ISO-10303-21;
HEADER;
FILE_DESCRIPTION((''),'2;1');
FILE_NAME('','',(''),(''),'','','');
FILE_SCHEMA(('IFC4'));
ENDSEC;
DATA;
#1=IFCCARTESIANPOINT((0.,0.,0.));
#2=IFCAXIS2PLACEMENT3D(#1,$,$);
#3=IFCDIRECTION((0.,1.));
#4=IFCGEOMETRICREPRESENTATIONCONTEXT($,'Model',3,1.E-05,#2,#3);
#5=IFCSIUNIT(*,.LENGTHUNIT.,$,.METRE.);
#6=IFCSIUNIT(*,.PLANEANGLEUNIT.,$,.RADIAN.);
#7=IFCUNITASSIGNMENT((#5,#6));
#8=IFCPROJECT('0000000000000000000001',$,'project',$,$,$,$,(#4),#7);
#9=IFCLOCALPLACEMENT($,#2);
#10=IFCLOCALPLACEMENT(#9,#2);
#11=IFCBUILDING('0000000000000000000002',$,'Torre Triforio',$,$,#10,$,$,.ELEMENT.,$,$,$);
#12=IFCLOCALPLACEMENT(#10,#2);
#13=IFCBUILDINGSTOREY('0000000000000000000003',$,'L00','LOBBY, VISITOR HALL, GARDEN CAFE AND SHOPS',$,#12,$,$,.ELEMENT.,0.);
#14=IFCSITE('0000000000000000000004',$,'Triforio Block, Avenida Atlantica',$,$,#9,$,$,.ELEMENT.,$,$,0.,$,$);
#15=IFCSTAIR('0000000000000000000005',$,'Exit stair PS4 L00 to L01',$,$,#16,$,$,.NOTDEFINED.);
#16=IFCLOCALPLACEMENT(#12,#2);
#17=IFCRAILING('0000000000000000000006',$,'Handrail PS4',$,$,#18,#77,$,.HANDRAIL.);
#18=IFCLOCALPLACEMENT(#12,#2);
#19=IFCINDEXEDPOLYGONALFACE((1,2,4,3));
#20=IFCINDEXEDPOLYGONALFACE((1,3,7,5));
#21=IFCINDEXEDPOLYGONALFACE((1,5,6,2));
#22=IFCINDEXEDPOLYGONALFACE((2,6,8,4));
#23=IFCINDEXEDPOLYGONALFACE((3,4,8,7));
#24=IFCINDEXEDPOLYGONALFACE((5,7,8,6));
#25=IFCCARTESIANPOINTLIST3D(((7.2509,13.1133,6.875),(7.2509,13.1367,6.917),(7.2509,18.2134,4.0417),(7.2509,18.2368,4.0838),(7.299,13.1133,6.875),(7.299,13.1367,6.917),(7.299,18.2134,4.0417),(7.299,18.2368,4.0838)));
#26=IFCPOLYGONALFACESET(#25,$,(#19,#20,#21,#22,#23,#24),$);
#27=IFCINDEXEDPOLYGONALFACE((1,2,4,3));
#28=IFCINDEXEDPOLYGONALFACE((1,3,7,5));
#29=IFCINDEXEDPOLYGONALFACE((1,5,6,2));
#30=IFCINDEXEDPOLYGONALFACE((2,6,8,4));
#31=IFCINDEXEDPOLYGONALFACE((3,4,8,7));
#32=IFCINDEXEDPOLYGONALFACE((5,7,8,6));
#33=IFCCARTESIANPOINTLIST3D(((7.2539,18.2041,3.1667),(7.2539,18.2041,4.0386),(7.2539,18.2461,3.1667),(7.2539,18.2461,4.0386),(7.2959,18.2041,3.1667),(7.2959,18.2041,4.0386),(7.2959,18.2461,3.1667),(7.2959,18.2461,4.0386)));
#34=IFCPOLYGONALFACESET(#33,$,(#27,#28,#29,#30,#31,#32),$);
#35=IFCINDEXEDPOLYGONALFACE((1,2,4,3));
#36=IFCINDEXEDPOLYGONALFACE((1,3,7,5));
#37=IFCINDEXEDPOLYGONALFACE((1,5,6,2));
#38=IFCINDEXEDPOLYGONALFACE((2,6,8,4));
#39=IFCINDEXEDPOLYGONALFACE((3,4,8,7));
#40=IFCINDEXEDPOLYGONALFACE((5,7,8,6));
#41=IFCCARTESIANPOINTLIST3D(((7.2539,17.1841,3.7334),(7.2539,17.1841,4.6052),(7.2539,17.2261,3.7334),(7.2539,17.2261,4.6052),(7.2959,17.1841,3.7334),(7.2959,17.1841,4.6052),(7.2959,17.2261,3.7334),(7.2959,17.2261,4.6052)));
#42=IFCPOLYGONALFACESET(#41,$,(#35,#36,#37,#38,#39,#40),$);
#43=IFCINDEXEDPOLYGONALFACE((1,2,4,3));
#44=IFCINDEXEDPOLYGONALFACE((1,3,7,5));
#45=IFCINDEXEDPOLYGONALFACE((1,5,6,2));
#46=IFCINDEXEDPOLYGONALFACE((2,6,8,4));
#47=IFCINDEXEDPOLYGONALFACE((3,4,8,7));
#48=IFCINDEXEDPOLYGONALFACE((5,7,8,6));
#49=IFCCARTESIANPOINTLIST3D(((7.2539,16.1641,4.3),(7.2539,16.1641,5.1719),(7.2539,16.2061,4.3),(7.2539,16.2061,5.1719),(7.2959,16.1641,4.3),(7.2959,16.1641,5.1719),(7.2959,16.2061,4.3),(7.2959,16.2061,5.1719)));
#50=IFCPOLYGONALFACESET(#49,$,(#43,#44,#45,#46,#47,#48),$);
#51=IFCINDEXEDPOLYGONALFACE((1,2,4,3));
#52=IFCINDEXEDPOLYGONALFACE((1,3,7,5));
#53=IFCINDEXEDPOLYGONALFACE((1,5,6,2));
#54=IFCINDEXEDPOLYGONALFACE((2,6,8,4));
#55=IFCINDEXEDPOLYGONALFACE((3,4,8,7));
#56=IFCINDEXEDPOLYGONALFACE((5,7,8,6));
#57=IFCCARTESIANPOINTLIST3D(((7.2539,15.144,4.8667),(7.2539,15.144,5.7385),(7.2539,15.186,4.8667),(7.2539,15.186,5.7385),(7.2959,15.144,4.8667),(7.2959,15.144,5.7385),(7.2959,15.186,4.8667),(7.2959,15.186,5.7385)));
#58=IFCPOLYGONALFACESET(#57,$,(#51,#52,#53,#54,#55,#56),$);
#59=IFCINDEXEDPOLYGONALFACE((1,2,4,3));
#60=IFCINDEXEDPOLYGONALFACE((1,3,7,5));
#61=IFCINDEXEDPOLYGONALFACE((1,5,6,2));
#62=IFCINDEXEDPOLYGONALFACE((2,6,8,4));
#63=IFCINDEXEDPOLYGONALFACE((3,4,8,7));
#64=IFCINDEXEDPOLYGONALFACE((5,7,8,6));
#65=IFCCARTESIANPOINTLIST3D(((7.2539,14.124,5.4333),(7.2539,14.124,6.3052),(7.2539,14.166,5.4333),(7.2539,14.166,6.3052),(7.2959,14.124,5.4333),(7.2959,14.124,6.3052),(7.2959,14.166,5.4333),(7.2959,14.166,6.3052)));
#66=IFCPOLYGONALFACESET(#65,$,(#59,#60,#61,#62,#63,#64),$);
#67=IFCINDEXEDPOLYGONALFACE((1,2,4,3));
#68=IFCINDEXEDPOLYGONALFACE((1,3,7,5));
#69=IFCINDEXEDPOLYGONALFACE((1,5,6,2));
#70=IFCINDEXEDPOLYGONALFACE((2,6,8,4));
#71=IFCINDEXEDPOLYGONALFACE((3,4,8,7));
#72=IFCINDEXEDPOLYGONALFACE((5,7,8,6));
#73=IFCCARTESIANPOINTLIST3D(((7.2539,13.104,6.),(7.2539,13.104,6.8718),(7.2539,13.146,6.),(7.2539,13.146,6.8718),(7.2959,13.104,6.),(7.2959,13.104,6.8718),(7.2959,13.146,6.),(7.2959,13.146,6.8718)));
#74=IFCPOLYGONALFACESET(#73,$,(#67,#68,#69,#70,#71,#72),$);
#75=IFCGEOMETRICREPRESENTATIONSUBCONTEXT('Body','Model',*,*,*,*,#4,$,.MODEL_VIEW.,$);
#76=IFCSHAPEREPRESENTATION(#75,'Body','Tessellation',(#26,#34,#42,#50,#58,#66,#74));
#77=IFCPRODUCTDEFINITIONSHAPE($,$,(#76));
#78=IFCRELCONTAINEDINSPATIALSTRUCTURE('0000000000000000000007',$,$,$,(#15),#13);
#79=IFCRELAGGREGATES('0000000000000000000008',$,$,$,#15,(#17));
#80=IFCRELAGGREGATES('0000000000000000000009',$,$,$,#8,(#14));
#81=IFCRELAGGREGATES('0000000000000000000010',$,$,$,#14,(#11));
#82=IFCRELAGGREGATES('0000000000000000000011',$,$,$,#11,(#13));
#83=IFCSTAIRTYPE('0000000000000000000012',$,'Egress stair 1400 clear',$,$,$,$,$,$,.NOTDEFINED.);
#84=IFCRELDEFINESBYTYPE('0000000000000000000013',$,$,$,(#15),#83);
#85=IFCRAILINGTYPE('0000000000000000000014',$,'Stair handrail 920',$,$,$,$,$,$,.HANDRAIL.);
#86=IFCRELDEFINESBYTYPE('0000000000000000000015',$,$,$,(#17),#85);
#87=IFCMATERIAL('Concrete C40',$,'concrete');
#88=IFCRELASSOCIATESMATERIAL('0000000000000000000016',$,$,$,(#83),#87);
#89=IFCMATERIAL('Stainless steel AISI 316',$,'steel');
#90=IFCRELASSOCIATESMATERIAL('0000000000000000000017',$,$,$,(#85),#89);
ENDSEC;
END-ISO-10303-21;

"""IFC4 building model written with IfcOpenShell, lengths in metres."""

from ifc_helpers import new_model, si_unit, direction, frame, origin, origin_2d, place, context, subcontext, project, spatial, rectangle, extrude, material, type_object, element, aggregate, save


model = new_model("IFC4")

# Units and contexts
model_context = context("Model", 3, precision=1e-05, world=origin(), true_north=direction((0.0, 1.0)))
body_context = subcontext(model_context, "Body", "Model", "MODEL_VIEW")
ifc_project = project(units=[si_unit("LENGTHUNIT", "METRE"), si_unit("PLANEANGLEUNIT", "RADIAN")], contexts=[model_context])

# Site, building, storey
site_placement = place(None, origin())
site = spatial("IfcSite", under=ifc_project, at=site_placement, Name="Triforio Block, Avenida Atlantica", CompositionType="ELEMENT", RefElevation=0.0)
building_placement = place(site_placement, origin())
building = spatial("IfcBuilding", under=site, at=building_placement, Name="Torre Triforio", CompositionType="ELEMENT")
storey_placement = place(building_placement, origin())
storey = spatial("IfcBuildingStorey", under=building, at=storey_placement, Name="L00", Description="LOBBY, VISITOR HALL, GARDEN CAFE AND SHOPS", CompositionType="ELEMENT", Elevation=0.0)

# Shared definitions
ifc_material_1 = material(Name="Concrete C40", Category="concrete")

# Stair, railing
stair_type = type_object("IfcStairType", Name="Egress stair 1400 clear", PredefinedType="NOTDEFINED", material=ifc_material_1)
stair_placement = place(storey_placement, origin())
stair = element("IfcStair", 1, at=stair_placement, inside=storey, type_object=stair_type, Name="Exit stair PS4 L00 to L01", PredefinedType="NOTDEFINED")
ifc_material_2 = material(Name="Stainless steel AISI 316", Category="steel")
railing_type = type_object("IfcRailingType", Name="Stair handrail 920", PredefinedType="HANDRAIL", material=ifc_material_2)
railing_1_placement = place(storey_placement, frame((7.2749, 18.2251, 3.1667)))
railing_1 = element("IfcRailing", 2, at=railing_1_placement, type_object=railing_type, Name="Handrail PS4", PredefinedType="HANDRAIL", context=body_context, shape_type="SweptSolid", body=[
    extrude(rectangle(XDim=0.0481, YDim=0.0481, at=origin_2d()), frame((0.0, 0.0, 0.896), z_axis=(0.0, -0.874167, 0.485625), x_axis=(1.0, 0.0, 0.0)), (0.0, 0.0, 1.0), 5.8342),
    extrude(rectangle(XDim=0.042, YDim=0.042, at=origin_2d()), origin(), (0.0, 0.0, 1.0), 0.8718),
    extrude(rectangle(XDim=0.042, YDim=0.042, at=origin_2d()), frame((0.0, -1.02, 0.5667)), (0.0, 0.0, 1.0), 0.8718),
    extrude(rectangle(XDim=0.042, YDim=0.042, at=origin_2d()), frame((0.0, -2.04, 1.1333)), (0.0, 0.0, 1.0), 0.8718),
    extrude(rectangle(XDim=0.042, YDim=0.042, at=origin_2d()), frame((0.0, -3.0601, 1.7)), (0.0, 0.0, 1.0), 0.8718),
    extrude(rectangle(XDim=0.042, YDim=0.042, at=origin_2d()), frame((0.0, -4.0801, 2.2666)), (0.0, 0.0, 1.0), 0.8718),
    extrude(rectangle(XDim=0.042, YDim=0.042, at=origin_2d()), frame((0.0, -5.1001, 2.8333)), (0.0, 0.0, 1.0), 0.8718),
])
aggregate(stair, [railing_1])

save(model, "model.ifc")
